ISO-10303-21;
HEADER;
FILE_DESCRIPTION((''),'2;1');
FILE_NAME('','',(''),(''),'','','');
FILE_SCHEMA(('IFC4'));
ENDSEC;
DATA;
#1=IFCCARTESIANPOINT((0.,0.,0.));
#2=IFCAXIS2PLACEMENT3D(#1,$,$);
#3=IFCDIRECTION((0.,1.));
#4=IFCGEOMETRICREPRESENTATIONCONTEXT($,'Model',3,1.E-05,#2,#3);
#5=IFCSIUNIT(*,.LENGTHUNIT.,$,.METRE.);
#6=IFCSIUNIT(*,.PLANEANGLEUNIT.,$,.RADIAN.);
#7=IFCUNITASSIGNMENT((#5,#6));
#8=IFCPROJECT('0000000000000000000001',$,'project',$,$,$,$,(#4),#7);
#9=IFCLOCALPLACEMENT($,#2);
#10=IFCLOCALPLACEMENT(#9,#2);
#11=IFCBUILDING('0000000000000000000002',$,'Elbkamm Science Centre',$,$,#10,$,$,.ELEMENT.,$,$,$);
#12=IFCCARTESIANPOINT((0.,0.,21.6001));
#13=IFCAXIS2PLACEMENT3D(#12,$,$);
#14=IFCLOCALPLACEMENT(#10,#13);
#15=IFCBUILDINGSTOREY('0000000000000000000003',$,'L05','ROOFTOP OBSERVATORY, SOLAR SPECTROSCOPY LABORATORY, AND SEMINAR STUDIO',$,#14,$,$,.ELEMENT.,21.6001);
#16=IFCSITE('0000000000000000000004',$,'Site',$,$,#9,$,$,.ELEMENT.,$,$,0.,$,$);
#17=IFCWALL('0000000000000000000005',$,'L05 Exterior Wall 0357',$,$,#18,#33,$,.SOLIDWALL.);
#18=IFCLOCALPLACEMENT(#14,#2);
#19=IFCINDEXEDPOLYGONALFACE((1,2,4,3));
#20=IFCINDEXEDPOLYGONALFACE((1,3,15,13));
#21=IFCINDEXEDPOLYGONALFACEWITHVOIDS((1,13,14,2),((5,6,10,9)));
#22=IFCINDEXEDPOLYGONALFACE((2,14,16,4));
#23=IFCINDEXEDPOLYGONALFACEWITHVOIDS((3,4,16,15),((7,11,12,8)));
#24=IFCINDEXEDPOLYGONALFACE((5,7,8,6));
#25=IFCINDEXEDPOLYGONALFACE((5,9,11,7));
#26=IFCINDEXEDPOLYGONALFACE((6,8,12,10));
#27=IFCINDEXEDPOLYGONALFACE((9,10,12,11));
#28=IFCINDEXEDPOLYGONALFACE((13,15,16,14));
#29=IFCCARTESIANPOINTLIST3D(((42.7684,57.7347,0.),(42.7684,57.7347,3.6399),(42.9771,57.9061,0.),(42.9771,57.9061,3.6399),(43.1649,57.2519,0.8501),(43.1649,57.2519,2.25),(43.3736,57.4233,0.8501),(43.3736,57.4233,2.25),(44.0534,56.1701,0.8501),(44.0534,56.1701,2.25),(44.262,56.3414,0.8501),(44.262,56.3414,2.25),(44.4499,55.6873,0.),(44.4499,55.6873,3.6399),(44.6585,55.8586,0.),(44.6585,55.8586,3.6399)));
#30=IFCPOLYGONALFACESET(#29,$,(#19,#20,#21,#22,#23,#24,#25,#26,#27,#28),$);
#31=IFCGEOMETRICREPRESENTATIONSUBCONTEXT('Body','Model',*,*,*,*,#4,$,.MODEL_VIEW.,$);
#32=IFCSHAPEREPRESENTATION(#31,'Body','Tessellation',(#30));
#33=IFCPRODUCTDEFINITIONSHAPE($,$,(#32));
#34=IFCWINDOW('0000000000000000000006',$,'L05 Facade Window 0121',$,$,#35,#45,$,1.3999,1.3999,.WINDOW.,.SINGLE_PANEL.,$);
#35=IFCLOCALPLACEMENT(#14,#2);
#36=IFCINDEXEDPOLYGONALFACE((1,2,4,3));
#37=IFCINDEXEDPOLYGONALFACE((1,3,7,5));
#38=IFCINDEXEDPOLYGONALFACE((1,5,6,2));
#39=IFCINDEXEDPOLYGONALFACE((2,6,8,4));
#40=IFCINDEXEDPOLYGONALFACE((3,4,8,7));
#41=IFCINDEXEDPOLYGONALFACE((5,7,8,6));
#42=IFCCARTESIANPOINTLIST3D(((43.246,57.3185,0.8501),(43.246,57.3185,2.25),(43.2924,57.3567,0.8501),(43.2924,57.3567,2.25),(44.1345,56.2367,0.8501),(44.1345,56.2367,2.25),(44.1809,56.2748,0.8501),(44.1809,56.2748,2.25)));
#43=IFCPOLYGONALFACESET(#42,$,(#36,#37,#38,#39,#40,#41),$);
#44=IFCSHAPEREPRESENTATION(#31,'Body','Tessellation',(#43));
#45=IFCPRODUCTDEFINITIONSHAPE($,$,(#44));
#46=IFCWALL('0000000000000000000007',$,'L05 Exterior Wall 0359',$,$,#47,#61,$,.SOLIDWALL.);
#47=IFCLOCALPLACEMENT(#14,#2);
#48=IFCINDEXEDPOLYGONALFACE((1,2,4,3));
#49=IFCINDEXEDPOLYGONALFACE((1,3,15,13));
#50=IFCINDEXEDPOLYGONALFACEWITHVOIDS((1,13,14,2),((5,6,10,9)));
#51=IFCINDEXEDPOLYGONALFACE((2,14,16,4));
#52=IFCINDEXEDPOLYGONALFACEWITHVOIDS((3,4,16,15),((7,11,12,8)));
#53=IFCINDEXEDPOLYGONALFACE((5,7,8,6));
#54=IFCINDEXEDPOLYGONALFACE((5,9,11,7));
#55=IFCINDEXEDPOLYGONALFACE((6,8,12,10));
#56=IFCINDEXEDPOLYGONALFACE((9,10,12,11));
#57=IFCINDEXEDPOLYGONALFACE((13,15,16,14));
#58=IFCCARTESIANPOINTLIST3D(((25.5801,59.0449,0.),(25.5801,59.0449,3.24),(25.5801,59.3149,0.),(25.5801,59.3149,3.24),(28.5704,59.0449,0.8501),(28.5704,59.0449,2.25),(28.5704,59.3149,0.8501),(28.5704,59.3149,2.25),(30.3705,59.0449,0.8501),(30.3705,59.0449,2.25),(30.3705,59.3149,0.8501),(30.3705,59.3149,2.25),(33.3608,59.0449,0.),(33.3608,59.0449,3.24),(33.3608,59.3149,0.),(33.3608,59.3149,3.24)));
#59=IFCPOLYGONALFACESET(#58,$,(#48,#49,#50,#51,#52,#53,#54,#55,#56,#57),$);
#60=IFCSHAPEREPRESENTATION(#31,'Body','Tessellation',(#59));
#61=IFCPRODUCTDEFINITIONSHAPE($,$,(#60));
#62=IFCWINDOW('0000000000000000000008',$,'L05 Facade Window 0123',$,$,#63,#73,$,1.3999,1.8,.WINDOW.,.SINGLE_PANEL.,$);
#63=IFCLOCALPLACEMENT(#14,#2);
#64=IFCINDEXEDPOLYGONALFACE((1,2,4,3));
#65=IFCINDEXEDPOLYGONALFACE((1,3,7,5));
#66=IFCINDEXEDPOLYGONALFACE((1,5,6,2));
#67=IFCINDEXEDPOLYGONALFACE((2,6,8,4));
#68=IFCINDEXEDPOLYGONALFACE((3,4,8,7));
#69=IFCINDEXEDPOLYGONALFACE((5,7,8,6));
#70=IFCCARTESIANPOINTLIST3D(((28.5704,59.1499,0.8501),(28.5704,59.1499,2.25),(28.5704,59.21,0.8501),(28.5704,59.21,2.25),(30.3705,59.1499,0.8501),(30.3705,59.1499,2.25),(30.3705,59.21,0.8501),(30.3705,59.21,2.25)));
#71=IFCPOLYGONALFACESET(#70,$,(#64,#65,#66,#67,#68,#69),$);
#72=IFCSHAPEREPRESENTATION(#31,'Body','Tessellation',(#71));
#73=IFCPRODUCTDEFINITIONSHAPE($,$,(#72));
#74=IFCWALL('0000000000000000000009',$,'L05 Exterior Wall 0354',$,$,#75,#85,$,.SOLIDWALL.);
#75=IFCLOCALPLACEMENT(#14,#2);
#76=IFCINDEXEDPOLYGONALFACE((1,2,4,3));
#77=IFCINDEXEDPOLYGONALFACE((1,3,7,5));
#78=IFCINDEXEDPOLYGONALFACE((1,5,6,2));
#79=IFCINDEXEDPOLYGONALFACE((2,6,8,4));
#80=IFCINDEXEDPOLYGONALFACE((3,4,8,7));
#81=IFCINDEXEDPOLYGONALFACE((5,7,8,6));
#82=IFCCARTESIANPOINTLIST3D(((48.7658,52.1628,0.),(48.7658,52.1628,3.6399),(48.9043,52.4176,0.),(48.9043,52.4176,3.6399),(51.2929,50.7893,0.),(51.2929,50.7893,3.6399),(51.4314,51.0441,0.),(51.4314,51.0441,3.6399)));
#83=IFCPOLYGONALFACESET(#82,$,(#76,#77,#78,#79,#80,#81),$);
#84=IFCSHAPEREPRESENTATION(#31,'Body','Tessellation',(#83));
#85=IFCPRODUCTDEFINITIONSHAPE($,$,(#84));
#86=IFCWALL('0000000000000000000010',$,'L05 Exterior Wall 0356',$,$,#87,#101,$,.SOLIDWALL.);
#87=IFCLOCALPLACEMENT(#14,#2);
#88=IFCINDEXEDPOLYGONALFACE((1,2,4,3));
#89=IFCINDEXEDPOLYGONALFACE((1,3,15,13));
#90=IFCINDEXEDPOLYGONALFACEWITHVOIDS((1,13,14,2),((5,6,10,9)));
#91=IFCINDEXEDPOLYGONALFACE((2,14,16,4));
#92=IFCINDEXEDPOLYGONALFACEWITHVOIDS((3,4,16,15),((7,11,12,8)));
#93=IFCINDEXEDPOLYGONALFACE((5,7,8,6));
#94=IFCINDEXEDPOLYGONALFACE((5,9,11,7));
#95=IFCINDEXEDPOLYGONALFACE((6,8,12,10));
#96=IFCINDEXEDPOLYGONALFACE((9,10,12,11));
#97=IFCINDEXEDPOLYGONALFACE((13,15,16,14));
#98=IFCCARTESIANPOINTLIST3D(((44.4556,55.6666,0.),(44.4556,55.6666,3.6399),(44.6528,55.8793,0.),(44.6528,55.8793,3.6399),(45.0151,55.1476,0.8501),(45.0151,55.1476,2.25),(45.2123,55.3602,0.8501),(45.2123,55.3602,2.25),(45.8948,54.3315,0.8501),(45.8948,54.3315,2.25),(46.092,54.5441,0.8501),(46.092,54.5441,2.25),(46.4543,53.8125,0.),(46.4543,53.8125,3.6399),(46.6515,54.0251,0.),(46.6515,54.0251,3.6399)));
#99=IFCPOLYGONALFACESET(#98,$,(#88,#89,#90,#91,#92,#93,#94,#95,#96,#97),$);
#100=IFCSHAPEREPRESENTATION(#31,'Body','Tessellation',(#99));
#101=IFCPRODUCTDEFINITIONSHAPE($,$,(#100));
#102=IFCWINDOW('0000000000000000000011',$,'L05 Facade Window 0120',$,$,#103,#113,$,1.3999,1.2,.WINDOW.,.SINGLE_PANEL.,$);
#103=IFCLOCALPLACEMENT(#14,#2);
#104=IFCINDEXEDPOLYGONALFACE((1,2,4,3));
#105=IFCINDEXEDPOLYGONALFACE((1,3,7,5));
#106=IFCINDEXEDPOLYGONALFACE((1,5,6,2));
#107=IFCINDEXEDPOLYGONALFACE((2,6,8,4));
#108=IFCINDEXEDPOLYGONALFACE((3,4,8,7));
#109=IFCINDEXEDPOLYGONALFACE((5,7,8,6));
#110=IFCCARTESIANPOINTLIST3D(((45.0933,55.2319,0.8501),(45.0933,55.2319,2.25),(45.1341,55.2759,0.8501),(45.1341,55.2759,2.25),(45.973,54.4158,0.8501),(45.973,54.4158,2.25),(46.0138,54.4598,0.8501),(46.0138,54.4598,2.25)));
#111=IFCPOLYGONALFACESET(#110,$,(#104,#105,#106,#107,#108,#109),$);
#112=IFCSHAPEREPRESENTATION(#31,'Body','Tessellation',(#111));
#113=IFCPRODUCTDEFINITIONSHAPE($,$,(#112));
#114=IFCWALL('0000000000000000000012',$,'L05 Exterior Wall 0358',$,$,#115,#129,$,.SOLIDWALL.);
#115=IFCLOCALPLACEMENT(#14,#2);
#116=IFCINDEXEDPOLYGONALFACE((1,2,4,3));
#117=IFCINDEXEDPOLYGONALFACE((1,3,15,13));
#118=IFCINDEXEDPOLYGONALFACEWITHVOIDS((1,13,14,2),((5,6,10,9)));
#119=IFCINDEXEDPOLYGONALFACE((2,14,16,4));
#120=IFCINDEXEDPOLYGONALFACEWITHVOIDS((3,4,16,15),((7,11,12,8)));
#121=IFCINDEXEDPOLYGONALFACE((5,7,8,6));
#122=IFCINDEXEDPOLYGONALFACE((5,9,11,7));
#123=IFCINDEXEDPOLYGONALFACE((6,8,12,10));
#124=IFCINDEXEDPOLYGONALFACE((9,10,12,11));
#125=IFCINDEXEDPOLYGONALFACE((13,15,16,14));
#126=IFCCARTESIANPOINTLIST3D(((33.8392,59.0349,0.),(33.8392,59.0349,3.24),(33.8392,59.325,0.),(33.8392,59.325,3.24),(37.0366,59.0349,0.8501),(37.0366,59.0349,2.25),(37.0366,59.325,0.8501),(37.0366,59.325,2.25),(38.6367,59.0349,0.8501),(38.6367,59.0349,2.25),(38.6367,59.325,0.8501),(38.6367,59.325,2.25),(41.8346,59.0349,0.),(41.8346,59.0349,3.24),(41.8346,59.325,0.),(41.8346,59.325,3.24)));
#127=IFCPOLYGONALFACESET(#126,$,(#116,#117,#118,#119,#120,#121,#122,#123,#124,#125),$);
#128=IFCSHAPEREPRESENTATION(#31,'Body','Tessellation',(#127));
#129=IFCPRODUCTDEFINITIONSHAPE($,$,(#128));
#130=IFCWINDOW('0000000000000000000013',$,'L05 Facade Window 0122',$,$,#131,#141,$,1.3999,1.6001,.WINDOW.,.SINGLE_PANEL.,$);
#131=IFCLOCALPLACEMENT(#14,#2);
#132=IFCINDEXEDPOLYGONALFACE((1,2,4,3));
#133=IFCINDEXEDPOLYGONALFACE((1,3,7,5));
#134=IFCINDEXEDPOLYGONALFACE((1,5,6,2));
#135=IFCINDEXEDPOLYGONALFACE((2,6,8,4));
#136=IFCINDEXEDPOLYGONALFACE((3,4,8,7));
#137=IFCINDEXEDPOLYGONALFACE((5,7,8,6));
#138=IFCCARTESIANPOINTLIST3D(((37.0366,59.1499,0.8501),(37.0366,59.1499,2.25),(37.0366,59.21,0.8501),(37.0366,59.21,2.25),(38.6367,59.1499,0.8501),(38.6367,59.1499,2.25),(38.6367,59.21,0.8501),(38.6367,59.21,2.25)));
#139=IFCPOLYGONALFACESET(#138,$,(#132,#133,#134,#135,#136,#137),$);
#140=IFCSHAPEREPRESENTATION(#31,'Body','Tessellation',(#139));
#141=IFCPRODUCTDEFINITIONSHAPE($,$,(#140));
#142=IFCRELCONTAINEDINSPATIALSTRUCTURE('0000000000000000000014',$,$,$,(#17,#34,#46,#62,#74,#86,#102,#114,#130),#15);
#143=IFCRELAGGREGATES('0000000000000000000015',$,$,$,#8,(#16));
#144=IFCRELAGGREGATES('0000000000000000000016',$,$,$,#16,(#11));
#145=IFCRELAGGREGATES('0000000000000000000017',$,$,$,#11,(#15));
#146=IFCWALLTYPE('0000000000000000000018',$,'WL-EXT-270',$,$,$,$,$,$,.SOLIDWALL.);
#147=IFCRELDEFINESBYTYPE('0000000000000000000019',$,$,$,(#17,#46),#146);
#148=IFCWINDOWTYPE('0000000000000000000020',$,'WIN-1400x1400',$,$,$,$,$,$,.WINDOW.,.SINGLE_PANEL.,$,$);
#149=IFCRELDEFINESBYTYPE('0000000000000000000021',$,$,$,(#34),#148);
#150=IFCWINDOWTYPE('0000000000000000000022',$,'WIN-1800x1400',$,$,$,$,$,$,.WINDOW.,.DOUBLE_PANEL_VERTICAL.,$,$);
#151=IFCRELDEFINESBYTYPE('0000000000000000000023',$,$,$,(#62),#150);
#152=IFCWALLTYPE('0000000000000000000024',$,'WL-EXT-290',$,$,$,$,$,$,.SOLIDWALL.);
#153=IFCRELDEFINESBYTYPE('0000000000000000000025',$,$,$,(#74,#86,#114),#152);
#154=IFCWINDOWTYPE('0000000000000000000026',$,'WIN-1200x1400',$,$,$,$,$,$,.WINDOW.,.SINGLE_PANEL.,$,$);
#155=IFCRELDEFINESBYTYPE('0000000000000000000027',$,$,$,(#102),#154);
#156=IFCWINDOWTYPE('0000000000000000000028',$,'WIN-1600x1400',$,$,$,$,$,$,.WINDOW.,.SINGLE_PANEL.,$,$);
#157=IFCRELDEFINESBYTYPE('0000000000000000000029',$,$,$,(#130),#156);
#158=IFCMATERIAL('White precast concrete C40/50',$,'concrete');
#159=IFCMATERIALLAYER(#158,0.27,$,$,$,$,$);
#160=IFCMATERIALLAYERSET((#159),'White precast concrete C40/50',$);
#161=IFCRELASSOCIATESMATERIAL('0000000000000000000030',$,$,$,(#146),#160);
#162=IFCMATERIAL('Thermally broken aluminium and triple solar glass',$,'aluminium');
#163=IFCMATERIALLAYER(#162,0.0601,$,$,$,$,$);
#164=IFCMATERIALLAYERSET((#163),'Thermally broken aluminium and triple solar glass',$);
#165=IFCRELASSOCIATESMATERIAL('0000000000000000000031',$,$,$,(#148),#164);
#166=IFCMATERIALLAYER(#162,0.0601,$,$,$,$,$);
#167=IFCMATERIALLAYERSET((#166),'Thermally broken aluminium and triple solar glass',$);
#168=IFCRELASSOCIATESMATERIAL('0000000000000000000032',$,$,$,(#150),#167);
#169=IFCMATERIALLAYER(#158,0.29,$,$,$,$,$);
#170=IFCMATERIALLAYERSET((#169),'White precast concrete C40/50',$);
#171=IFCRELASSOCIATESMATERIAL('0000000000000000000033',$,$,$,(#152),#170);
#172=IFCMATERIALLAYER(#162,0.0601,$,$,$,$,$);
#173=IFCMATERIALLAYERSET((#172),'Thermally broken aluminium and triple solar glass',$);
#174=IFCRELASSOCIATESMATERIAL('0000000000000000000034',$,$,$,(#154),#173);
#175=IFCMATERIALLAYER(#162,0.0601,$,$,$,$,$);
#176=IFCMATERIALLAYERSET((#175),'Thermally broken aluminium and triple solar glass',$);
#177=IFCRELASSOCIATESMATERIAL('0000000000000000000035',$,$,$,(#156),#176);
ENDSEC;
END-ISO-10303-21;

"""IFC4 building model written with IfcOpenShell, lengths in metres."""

from ifc_helpers import new_model, si_unit, direction, frame, frame_2d, origin, place, context, subcontext, project, spatial, rectangle, extrude, material, layer, layer_set, type_object, element, fill, save


model = new_model("IFC4")

# Units and contexts
model_context = context("Model", 3, precision=1e-05, world=origin(), true_north=direction((0.0, 1.0)))
body_context = subcontext(model_context, "Body", "Model", "MODEL_VIEW")
ifc_project = project(units=[si_unit("LENGTHUNIT", "METRE"), si_unit("PLANEANGLEUNIT", "RADIAN")], contexts=[model_context])

# Site, building, storey
site_placement = place(None, origin())
site = spatial("IfcSite", under=ifc_project, at=site_placement, Name="Site", CompositionType="ELEMENT", RefElevation=0.0)
building_placement = place(site_placement, origin())
building = spatial("IfcBuilding", under=site, at=building_placement, Name="Elbkamm Science Centre", CompositionType="ELEMENT")
storey_placement = place(building_placement, frame((0.0, 0.0, 21.6001)))
storey = spatial("IfcBuildingStorey", under=building, at=storey_placement, Name="L05", Description="ROOFTOP OBSERVATORY, SOLAR SPECTROSCOPY LABORATORY, AND SEMINAR STUDIO", CompositionType="ELEMENT", Elevation=21.6001)

# Shared definitions
ifc_material_1 = material(Name="White precast concrete C40/50", Category="concrete")
ifc_layer_1 = layer(ifc_material_1, 0.27)
ifc_layer_set_1 = layer_set([ifc_layer_1], Name="White precast concrete C40/50")
wall_type_1 = type_object("IfcWallType", Name="WL-EXT-270", PredefinedType="SOLIDWALL", material=ifc_layer_set_1)
ifc_material_2 = material(Name="Thermally broken aluminium and triple solar glass", Category="aluminium")

# Walls, openings, windows
wall_1_placement = place(storey_placement, frame((44.5542, 55.7729, 0.0), z_axis=(0.0, 0.0, 1.0), x_axis=(-0.634657, 0.772794, 0.0)))
wall_1 = element("IfcWall", 1, at=wall_1_placement, inside=storey, type_object=wall_type_1, Name="L05 Exterior Wall 0357", PredefinedType="SOLIDWALL", context=body_context, shape_type="SweptSolid", body=[
    extrude(rectangle(XDim=2.6494, YDim=0.27, at=frame_2d((1.3247, 0.0))), origin(), (0.0, 0.0, 1.0), 3.6399),
])
opening_1_placement = place(wall_1_placement, frame((0.6248, 0.0, 0.8501)))
opening_1 = element("IfcOpeningElement", 2, at=opening_1_placement, cuts=wall_1, PredefinedType="OPENING", context=body_context, shape_type="SweptSolid", body=[
    extrude(rectangle(XDim=1.3999, YDim=1.3999, at=frame_2d((0.7, 0.7))), frame((0.0, 0.147, 0.0), z_axis=(0.0, -1.0, 0.0), x_axis=(1.0, 0.0, 0.0)), (0.0, 0.0, 1.0), 0.2939),
])
ifc_layer_2 = layer(ifc_material_2, 0.0601)
ifc_layer_set_2 = layer_set([ifc_layer_2], Name="Thermally broken aluminium and triple solar glass")
window_type_1 = type_object("IfcWindowType", Name="WIN-1400x1400", PartitioningType="SINGLE_PANEL", PredefinedType="WINDOW", material=ifc_layer_set_2)
window_1_placement = place(opening_1_placement, origin())
window_1 = element("IfcWindow", 3, at=window_1_placement, inside=storey, type_object=window_type_1, Name="L05 Facade Window 0121", OverallHeight=1.3999, OverallWidth=1.3999, PartitioningType="SINGLE_PANEL", PredefinedType="WINDOW", context=body_context, shape_type="SweptSolid", body=[
    extrude(rectangle(XDim=1.3999, YDim=1.3999, at=frame_2d((0.7, 0.7))), frame((0.0, 0.03, 0.0), z_axis=(0.0, -1.0, 0.0), x_axis=(1.0, 0.0, 0.0)), (0.0, 0.0, 1.0), 0.0601),
])
fill(opening_1, window_1)
wall_2_placement = place(storey_placement, frame((33.3608, 59.1799, 0.0), z_axis=(0.0, 0.0, 1.0), x_axis=(-1.0, 0.0, 0.0)))
wall_2 = element("IfcWall", 4, at=wall_2_placement, inside=storey, type_object=wall_type_1, Name="L05 Exterior Wall 0359", PredefinedType="SOLIDWALL", context=body_context, shape_type="SweptSolid", body=[
    extrude(rectangle(XDim=7.7808, YDim=0.27, at=frame_2d((3.8904, 0.0))), origin(), (0.0, 0.0, 1.0), 3.24),
])
opening_2_placement = place(wall_2_placement, frame((2.9905, 0.0, 0.8501)))
opening_2 = element("IfcOpeningElement", 5, at=opening_2_placement, cuts=wall_2, PredefinedType="OPENING", context=body_context, shape_type="SweptSolid", body=[
    extrude(rectangle(XDim=1.8, YDim=1.3999, at=frame_2d((0.8999, 0.7))), frame((0.0, 0.147, 0.0), z_axis=(0.0, -1.0, 0.0), x_axis=(1.0, 0.0, 0.0)), (0.0, 0.0, 1.0), 0.2939),
])
ifc_layer_3 = layer(ifc_material_2, 0.0601)
ifc_layer_set_3 = layer_set([ifc_layer_3], Name="Thermally broken aluminium and triple solar glass")
window_type_2 = type_object("IfcWindowType", Name="WIN-1800x1400", PartitioningType="DOUBLE_PANEL_VERTICAL", PredefinedType="WINDOW", material=ifc_layer_set_3)
window_2_placement = place(opening_2_placement, origin())
window_2 = element("IfcWindow", 6, at=window_2_placement, inside=storey, type_object=window_type_2, Name="L05 Facade Window 0123", OverallHeight=1.3999, OverallWidth=1.8, PartitioningType="SINGLE_PANEL", PredefinedType="WINDOW", context=body_context, shape_type="SweptSolid", body=[
    extrude(rectangle(XDim=1.8, YDim=1.3999, at=frame_2d((0.8999, 0.7))), frame((0.0, 0.03, 0.0), z_axis=(0.0, -1.0, 0.0), x_axis=(1.0, 0.0, 0.0)), (0.0, 0.0, 1.0), 0.0601),
])
fill(opening_2, window_2)

# Wall
ifc_layer_4 = layer(ifc_material_1, 0.29)
ifc_layer_set_4 = layer_set([ifc_layer_4], Name="White precast concrete C40/50")
wall_type_2 = type_object("IfcWallType", Name="WL-EXT-290", PredefinedType="SOLIDWALL", material=ifc_layer_set_4)
wall_3_placement = place(storey_placement, frame((51.3621, 50.9167, 0.0), z_axis=(0.0, 0.0, 1.0), x_axis=(-0.878608, 0.477543, 0.0)))
element("IfcWall", 7, at=wall_3_placement, inside=storey, type_object=wall_type_2, Name="L05 Exterior Wall 0354", PredefinedType="SOLIDWALL", context=body_context, shape_type="SweptSolid", body=[
    extrude(rectangle(XDim=2.8762, YDim=0.29, at=frame_2d((1.438, 0.0))), origin(), (0.0, 0.0, 1.0), 3.6399),
])

# Walls, openings, windows
wall_4_placement = place(storey_placement, frame((46.553, 53.9187, 0.0), z_axis=(0.0, 0.0, 1.0), x_axis=(-0.733116, 0.680104, 0.0)))
wall_4 = element("IfcWall", 8, at=wall_4_placement, inside=storey, type_object=wall_type_2, Name="L05 Exterior Wall 0356", PredefinedType="SOLIDWALL", context=body_context, shape_type="SweptSolid", body=[
    extrude(rectangle(XDim=2.7263, YDim=0.29, at=frame_2d((1.3633, 0.0))), origin(), (0.0, 0.0, 1.0), 3.6399),
])
opening_3_placement = place(wall_4_placement, frame((0.7632, 0.0, 0.8501)))
opening_3 = element("IfcOpeningElement", 9, at=opening_3_placement, cuts=wall_4, PredefinedType="OPENING", context=body_context, shape_type="SweptSolid", body=[
    extrude(rectangle(XDim=1.2, YDim=1.3999, at=frame_2d((0.6001, 0.7))), frame((0.0, 0.157, 0.0), z_axis=(0.0, -1.0, 0.0), x_axis=(1.0, 0.0, 0.0)), (0.0, 0.0, 1.0), 0.314),
])
ifc_layer_5 = layer(ifc_material_2, 0.0601)
ifc_layer_set_5 = layer_set([ifc_layer_5], Name="Thermally broken aluminium and triple solar glass")
window_type_3 = type_object("IfcWindowType", Name="WIN-1200x1400", PartitioningType="SINGLE_PANEL", PredefinedType="WINDOW", material=ifc_layer_set_5)
window_3_placement = place(opening_3_placement, origin())
window_3 = element("IfcWindow", 10, at=window_3_placement, inside=storey, type_object=window_type_3, Name="L05 Facade Window 0120", OverallHeight=1.3999, OverallWidth=1.2, PartitioningType="SINGLE_PANEL", PredefinedType="WINDOW", context=body_context, shape_type="SweptSolid", body=[
    extrude(rectangle(XDim=1.2, YDim=1.3999, at=frame_2d((0.6001, 0.7))), frame((0.0, 0.03, 0.0), z_axis=(0.0, -1.0, 0.0), x_axis=(1.0, 0.0, 0.0)), (0.0, 0.0, 1.0), 0.0601),
])
fill(opening_3, window_3)
wall_5_placement = place(storey_placement, frame((41.8345, 59.1799, 0.0), z_axis=(0.0, 0.0, 1.0), x_axis=(-1.0, 0.0, 0.0)))
wall_5 = element("IfcWall", 11, at=wall_5_placement, inside=storey, type_object=wall_type_2, Name="L05 Exterior Wall 0358", PredefinedType="SOLIDWALL", context=body_context, shape_type="SweptSolid", body=[
    extrude(rectangle(XDim=7.9954, YDim=0.29, at=frame_2d((3.9976, 0.0))), origin(), (0.0, 0.0, 1.0), 3.24),
])
opening_4_placement = place(wall_5_placement, frame((3.1978, 0.0, 0.8501)))
opening_4 = element("IfcOpeningElement", 12, at=opening_4_placement, cuts=wall_5, PredefinedType="OPENING", context=body_context, shape_type="SweptSolid", body=[
    extrude(rectangle(XDim=1.6001, YDim=1.3999, at=frame_2d((0.8, 0.7))), frame((0.0, 0.157, 0.0), z_axis=(0.0, -1.0, 0.0), x_axis=(1.0, 0.0, 0.0)), (0.0, 0.0, 1.0), 0.314),
])
ifc_layer_6 = layer(ifc_material_2, 0.0601)
ifc_layer_set_6 = layer_set([ifc_layer_6], Name="Thermally broken aluminium and triple solar glass")
window_type_4 = type_object("IfcWindowType", Name="WIN-1600x1400", PartitioningType="SINGLE_PANEL", PredefinedType="WINDOW", material=ifc_layer_set_6)
window_4_placement = place(opening_4_placement, origin())
window_4 = element("IfcWindow", 13, at=window_4_placement, inside=storey, type_object=window_type_4, Name="L05 Facade Window 0122", OverallHeight=1.3999, OverallWidth=1.6001, PartitioningType="SINGLE_PANEL", PredefinedType="WINDOW", context=body_context, shape_type="SweptSolid", body=[
    extrude(rectangle(XDim=1.6001, YDim=1.3999, at=frame_2d((0.8, 0.7))), frame((0.0, 0.03, 0.0), z_axis=(0.0, -1.0, 0.0), x_axis=(1.0, 0.0, 0.0)), (0.0, 0.0, 1.0), 0.0601),
])
fill(opening_4, window_4)

save(model, "model.ifc")
